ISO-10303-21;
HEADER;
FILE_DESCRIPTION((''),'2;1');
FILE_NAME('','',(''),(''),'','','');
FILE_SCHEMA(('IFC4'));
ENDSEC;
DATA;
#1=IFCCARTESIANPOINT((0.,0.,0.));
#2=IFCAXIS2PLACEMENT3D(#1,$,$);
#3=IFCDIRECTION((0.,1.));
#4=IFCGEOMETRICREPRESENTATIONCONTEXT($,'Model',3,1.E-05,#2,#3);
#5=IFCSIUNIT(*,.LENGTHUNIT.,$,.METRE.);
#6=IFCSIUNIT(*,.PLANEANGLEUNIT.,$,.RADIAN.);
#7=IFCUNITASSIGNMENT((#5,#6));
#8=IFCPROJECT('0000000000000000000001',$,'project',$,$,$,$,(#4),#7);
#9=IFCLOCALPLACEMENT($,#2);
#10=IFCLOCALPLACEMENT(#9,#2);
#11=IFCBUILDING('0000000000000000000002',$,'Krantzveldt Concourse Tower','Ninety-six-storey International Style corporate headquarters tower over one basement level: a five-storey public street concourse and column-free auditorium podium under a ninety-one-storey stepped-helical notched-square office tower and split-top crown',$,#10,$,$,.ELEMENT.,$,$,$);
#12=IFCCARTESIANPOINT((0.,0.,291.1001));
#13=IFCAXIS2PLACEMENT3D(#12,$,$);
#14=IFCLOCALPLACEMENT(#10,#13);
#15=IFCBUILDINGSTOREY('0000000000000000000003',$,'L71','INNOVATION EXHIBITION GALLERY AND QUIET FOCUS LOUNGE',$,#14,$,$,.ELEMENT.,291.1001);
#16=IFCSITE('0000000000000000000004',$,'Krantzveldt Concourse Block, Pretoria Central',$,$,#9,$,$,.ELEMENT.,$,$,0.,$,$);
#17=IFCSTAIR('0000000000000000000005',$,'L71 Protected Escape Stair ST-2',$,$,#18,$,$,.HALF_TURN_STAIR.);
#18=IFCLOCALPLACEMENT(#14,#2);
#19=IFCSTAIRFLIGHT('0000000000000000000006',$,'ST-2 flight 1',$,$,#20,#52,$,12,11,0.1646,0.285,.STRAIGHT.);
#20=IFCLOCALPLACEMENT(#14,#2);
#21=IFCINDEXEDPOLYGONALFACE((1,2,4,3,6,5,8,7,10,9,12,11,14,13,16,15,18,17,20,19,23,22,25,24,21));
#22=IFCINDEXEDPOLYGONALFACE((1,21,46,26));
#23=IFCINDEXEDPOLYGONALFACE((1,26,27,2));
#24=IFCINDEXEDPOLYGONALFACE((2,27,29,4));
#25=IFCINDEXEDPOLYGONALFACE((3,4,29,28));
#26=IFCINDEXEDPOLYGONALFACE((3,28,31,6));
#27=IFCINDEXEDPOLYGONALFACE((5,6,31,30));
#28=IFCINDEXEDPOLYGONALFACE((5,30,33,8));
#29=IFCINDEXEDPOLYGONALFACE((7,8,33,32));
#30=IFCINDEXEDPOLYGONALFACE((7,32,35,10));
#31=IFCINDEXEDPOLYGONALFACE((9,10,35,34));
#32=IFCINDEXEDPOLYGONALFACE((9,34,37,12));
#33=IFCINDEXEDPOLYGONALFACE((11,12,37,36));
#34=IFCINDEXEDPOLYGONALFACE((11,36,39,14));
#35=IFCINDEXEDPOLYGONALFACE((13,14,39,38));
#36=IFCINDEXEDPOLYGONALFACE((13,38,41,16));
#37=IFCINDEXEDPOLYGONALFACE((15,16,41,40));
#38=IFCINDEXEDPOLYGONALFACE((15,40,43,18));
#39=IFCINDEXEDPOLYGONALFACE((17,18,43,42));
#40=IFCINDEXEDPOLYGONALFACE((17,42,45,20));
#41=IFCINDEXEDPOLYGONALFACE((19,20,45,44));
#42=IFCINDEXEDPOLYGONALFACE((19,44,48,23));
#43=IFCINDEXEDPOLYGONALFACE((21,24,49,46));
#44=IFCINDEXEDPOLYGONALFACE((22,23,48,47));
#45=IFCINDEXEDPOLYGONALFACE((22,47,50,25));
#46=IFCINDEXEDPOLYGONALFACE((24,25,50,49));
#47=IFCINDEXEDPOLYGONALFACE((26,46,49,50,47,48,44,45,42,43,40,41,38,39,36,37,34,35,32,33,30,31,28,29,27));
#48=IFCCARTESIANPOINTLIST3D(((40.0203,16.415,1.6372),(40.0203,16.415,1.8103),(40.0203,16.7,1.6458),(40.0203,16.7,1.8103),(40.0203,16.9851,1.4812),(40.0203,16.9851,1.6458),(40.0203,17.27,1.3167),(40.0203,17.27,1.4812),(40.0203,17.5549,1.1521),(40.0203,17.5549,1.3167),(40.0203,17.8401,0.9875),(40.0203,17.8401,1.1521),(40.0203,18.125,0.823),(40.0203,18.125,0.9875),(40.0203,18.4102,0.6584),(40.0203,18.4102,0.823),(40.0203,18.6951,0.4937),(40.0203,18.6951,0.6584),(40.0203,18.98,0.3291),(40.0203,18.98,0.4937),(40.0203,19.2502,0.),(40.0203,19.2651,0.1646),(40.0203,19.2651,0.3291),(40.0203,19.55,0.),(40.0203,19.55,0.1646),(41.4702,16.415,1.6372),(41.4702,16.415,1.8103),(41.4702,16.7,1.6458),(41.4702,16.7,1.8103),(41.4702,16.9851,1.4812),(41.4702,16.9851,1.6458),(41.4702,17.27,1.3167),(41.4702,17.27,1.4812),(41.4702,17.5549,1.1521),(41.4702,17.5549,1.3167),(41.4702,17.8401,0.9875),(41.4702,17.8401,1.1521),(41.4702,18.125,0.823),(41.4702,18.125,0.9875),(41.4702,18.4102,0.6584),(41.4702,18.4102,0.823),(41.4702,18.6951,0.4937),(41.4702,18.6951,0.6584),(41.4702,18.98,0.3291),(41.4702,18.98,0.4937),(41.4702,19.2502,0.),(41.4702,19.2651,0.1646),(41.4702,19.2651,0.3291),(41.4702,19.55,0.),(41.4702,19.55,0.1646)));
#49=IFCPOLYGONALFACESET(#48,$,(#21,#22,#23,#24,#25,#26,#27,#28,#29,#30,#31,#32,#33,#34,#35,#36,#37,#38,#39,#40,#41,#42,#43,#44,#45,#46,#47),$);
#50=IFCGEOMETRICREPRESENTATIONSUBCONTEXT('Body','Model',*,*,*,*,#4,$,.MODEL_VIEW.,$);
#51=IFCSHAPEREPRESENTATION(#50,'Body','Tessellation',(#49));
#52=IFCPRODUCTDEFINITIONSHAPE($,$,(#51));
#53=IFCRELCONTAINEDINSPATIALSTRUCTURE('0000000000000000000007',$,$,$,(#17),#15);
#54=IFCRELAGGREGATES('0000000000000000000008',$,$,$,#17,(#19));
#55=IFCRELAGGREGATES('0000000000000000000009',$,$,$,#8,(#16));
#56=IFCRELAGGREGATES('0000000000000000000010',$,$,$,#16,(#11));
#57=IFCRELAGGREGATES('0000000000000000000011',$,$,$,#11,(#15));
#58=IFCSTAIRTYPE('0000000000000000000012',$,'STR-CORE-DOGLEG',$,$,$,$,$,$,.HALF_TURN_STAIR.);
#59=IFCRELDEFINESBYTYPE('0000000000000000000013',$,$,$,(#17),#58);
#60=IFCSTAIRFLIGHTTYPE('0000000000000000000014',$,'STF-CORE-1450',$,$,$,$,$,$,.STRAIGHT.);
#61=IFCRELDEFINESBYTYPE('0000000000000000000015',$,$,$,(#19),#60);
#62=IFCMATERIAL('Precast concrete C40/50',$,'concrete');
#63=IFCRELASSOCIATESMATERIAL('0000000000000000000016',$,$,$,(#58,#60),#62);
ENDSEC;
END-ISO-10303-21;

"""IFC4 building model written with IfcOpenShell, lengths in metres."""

from ifc_helpers import new_model, si_unit, direction, frame, origin, place, context, subcontext, project, spatial, polyline, outline, extrude, material, type_object, element, aggregate, save


model = new_model("IFC4")

# Units and contexts
model_context = context("Model", 3, precision=1e-05, world=origin(), true_north=direction((0.0, 1.0)))
body_context = subcontext(model_context, "Body", "Model", "MODEL_VIEW")
ifc_project = project(units=[si_unit("LENGTHUNIT", "METRE"), si_unit("PLANEANGLEUNIT", "RADIAN")], contexts=[model_context])

# Site, building, storey
site_placement = place(None, origin())
site = spatial("IfcSite", under=ifc_project, at=site_placement, Name="Krantzveldt Concourse Block, Pretoria Central", CompositionType="ELEMENT", RefElevation=0.0)
building_placement = place(site_placement, origin())
building = spatial("IfcBuilding", under=site, at=building_placement, Name="Krantzveldt Concourse Tower", Description="Ninety-six-storey International Style corporate headquarters tower over one basement level: a five-storey public street concourse and column-free auditorium podium under a ninety-one-storey stepped-helical notched-square office tower and split-top crown", CompositionType="ELEMENT")
storey_placement = place(building_placement, frame((0.0, 0.0, 291.1001)))
storey = spatial("IfcBuildingStorey", under=building, at=storey_placement, Name="L71", Description="INNOVATION EXHIBITION GALLERY AND QUIET FOCUS LOUNGE", CompositionType="ELEMENT", Elevation=291.1001)

# Stair, stair flight
ifc_material_1 = material(Name="Precast concrete C40/50", Category="concrete")
stair_type = type_object("IfcStairType", Name="STR-CORE-DOGLEG", PredefinedType="HALF_TURN_STAIR", material=ifc_material_1)
stair_placement = place(storey_placement, origin())
stair = element("IfcStair", 1, at=stair_placement, inside=storey, type_object=stair_type, Name="L71 Protected Escape Stair ST-2", PredefinedType="HALF_TURN_STAIR")
stair_flight_type = type_object("IfcStairFlightType", Name="STF-CORE-1450", PredefinedType="STRAIGHT", material=ifc_material_1)
stair_flight_placement = place(storey_placement, frame((40.7451, 19.55, 0.0), z_axis=(0.0, 0.0, 1.0), x_axis=(0.0, -1.0, 0.0)))
stair_flight = element("IfcStairFlight", 2, at=stair_flight_placement, type_object=stair_flight_type, Name="ST-2 flight 1", NumberOfRisers=12, NumberOfTreads=11, PredefinedType="STRAIGHT", RiserHeight=0.1646, TreadLength=0.285, context=body_context, shape_type="SweptSolid", body=[
    extrude(outline(polyline([(0.0, 0.0), (0.0, 0.1646), (0.2849, 0.1646), (0.2849, 0.3291), (0.5701, 0.3291), (0.5701, 0.4937), (0.855, 0.4937), (0.855, 0.6584), (1.1399, 0.6584), (1.1399, 0.823), (1.425, 0.823), (1.425, 0.9875), (1.71, 0.9875), (1.71, 1.1521), (1.9951, 1.1521), (1.9951, 1.3167), (2.28, 1.3167), (2.28, 1.4812), (2.5649, 1.4812), (2.5649, 1.6458), (2.8501, 1.6458), (2.8501, 1.8103), (3.135, 1.8103), (3.135, 1.9751), (3.135, 1.6372), (0.2998, 0.0), (0.0, 0.0)])), frame((0.0, 0.7251, 0.0), z_axis=(0.0, -1.0, 0.0), x_axis=(1.0, 0.0, 0.0)), (0.0, 0.0, 1.0), 1.45),
])
aggregate(stair, [stair_flight])

save(model, "model.ifc")
